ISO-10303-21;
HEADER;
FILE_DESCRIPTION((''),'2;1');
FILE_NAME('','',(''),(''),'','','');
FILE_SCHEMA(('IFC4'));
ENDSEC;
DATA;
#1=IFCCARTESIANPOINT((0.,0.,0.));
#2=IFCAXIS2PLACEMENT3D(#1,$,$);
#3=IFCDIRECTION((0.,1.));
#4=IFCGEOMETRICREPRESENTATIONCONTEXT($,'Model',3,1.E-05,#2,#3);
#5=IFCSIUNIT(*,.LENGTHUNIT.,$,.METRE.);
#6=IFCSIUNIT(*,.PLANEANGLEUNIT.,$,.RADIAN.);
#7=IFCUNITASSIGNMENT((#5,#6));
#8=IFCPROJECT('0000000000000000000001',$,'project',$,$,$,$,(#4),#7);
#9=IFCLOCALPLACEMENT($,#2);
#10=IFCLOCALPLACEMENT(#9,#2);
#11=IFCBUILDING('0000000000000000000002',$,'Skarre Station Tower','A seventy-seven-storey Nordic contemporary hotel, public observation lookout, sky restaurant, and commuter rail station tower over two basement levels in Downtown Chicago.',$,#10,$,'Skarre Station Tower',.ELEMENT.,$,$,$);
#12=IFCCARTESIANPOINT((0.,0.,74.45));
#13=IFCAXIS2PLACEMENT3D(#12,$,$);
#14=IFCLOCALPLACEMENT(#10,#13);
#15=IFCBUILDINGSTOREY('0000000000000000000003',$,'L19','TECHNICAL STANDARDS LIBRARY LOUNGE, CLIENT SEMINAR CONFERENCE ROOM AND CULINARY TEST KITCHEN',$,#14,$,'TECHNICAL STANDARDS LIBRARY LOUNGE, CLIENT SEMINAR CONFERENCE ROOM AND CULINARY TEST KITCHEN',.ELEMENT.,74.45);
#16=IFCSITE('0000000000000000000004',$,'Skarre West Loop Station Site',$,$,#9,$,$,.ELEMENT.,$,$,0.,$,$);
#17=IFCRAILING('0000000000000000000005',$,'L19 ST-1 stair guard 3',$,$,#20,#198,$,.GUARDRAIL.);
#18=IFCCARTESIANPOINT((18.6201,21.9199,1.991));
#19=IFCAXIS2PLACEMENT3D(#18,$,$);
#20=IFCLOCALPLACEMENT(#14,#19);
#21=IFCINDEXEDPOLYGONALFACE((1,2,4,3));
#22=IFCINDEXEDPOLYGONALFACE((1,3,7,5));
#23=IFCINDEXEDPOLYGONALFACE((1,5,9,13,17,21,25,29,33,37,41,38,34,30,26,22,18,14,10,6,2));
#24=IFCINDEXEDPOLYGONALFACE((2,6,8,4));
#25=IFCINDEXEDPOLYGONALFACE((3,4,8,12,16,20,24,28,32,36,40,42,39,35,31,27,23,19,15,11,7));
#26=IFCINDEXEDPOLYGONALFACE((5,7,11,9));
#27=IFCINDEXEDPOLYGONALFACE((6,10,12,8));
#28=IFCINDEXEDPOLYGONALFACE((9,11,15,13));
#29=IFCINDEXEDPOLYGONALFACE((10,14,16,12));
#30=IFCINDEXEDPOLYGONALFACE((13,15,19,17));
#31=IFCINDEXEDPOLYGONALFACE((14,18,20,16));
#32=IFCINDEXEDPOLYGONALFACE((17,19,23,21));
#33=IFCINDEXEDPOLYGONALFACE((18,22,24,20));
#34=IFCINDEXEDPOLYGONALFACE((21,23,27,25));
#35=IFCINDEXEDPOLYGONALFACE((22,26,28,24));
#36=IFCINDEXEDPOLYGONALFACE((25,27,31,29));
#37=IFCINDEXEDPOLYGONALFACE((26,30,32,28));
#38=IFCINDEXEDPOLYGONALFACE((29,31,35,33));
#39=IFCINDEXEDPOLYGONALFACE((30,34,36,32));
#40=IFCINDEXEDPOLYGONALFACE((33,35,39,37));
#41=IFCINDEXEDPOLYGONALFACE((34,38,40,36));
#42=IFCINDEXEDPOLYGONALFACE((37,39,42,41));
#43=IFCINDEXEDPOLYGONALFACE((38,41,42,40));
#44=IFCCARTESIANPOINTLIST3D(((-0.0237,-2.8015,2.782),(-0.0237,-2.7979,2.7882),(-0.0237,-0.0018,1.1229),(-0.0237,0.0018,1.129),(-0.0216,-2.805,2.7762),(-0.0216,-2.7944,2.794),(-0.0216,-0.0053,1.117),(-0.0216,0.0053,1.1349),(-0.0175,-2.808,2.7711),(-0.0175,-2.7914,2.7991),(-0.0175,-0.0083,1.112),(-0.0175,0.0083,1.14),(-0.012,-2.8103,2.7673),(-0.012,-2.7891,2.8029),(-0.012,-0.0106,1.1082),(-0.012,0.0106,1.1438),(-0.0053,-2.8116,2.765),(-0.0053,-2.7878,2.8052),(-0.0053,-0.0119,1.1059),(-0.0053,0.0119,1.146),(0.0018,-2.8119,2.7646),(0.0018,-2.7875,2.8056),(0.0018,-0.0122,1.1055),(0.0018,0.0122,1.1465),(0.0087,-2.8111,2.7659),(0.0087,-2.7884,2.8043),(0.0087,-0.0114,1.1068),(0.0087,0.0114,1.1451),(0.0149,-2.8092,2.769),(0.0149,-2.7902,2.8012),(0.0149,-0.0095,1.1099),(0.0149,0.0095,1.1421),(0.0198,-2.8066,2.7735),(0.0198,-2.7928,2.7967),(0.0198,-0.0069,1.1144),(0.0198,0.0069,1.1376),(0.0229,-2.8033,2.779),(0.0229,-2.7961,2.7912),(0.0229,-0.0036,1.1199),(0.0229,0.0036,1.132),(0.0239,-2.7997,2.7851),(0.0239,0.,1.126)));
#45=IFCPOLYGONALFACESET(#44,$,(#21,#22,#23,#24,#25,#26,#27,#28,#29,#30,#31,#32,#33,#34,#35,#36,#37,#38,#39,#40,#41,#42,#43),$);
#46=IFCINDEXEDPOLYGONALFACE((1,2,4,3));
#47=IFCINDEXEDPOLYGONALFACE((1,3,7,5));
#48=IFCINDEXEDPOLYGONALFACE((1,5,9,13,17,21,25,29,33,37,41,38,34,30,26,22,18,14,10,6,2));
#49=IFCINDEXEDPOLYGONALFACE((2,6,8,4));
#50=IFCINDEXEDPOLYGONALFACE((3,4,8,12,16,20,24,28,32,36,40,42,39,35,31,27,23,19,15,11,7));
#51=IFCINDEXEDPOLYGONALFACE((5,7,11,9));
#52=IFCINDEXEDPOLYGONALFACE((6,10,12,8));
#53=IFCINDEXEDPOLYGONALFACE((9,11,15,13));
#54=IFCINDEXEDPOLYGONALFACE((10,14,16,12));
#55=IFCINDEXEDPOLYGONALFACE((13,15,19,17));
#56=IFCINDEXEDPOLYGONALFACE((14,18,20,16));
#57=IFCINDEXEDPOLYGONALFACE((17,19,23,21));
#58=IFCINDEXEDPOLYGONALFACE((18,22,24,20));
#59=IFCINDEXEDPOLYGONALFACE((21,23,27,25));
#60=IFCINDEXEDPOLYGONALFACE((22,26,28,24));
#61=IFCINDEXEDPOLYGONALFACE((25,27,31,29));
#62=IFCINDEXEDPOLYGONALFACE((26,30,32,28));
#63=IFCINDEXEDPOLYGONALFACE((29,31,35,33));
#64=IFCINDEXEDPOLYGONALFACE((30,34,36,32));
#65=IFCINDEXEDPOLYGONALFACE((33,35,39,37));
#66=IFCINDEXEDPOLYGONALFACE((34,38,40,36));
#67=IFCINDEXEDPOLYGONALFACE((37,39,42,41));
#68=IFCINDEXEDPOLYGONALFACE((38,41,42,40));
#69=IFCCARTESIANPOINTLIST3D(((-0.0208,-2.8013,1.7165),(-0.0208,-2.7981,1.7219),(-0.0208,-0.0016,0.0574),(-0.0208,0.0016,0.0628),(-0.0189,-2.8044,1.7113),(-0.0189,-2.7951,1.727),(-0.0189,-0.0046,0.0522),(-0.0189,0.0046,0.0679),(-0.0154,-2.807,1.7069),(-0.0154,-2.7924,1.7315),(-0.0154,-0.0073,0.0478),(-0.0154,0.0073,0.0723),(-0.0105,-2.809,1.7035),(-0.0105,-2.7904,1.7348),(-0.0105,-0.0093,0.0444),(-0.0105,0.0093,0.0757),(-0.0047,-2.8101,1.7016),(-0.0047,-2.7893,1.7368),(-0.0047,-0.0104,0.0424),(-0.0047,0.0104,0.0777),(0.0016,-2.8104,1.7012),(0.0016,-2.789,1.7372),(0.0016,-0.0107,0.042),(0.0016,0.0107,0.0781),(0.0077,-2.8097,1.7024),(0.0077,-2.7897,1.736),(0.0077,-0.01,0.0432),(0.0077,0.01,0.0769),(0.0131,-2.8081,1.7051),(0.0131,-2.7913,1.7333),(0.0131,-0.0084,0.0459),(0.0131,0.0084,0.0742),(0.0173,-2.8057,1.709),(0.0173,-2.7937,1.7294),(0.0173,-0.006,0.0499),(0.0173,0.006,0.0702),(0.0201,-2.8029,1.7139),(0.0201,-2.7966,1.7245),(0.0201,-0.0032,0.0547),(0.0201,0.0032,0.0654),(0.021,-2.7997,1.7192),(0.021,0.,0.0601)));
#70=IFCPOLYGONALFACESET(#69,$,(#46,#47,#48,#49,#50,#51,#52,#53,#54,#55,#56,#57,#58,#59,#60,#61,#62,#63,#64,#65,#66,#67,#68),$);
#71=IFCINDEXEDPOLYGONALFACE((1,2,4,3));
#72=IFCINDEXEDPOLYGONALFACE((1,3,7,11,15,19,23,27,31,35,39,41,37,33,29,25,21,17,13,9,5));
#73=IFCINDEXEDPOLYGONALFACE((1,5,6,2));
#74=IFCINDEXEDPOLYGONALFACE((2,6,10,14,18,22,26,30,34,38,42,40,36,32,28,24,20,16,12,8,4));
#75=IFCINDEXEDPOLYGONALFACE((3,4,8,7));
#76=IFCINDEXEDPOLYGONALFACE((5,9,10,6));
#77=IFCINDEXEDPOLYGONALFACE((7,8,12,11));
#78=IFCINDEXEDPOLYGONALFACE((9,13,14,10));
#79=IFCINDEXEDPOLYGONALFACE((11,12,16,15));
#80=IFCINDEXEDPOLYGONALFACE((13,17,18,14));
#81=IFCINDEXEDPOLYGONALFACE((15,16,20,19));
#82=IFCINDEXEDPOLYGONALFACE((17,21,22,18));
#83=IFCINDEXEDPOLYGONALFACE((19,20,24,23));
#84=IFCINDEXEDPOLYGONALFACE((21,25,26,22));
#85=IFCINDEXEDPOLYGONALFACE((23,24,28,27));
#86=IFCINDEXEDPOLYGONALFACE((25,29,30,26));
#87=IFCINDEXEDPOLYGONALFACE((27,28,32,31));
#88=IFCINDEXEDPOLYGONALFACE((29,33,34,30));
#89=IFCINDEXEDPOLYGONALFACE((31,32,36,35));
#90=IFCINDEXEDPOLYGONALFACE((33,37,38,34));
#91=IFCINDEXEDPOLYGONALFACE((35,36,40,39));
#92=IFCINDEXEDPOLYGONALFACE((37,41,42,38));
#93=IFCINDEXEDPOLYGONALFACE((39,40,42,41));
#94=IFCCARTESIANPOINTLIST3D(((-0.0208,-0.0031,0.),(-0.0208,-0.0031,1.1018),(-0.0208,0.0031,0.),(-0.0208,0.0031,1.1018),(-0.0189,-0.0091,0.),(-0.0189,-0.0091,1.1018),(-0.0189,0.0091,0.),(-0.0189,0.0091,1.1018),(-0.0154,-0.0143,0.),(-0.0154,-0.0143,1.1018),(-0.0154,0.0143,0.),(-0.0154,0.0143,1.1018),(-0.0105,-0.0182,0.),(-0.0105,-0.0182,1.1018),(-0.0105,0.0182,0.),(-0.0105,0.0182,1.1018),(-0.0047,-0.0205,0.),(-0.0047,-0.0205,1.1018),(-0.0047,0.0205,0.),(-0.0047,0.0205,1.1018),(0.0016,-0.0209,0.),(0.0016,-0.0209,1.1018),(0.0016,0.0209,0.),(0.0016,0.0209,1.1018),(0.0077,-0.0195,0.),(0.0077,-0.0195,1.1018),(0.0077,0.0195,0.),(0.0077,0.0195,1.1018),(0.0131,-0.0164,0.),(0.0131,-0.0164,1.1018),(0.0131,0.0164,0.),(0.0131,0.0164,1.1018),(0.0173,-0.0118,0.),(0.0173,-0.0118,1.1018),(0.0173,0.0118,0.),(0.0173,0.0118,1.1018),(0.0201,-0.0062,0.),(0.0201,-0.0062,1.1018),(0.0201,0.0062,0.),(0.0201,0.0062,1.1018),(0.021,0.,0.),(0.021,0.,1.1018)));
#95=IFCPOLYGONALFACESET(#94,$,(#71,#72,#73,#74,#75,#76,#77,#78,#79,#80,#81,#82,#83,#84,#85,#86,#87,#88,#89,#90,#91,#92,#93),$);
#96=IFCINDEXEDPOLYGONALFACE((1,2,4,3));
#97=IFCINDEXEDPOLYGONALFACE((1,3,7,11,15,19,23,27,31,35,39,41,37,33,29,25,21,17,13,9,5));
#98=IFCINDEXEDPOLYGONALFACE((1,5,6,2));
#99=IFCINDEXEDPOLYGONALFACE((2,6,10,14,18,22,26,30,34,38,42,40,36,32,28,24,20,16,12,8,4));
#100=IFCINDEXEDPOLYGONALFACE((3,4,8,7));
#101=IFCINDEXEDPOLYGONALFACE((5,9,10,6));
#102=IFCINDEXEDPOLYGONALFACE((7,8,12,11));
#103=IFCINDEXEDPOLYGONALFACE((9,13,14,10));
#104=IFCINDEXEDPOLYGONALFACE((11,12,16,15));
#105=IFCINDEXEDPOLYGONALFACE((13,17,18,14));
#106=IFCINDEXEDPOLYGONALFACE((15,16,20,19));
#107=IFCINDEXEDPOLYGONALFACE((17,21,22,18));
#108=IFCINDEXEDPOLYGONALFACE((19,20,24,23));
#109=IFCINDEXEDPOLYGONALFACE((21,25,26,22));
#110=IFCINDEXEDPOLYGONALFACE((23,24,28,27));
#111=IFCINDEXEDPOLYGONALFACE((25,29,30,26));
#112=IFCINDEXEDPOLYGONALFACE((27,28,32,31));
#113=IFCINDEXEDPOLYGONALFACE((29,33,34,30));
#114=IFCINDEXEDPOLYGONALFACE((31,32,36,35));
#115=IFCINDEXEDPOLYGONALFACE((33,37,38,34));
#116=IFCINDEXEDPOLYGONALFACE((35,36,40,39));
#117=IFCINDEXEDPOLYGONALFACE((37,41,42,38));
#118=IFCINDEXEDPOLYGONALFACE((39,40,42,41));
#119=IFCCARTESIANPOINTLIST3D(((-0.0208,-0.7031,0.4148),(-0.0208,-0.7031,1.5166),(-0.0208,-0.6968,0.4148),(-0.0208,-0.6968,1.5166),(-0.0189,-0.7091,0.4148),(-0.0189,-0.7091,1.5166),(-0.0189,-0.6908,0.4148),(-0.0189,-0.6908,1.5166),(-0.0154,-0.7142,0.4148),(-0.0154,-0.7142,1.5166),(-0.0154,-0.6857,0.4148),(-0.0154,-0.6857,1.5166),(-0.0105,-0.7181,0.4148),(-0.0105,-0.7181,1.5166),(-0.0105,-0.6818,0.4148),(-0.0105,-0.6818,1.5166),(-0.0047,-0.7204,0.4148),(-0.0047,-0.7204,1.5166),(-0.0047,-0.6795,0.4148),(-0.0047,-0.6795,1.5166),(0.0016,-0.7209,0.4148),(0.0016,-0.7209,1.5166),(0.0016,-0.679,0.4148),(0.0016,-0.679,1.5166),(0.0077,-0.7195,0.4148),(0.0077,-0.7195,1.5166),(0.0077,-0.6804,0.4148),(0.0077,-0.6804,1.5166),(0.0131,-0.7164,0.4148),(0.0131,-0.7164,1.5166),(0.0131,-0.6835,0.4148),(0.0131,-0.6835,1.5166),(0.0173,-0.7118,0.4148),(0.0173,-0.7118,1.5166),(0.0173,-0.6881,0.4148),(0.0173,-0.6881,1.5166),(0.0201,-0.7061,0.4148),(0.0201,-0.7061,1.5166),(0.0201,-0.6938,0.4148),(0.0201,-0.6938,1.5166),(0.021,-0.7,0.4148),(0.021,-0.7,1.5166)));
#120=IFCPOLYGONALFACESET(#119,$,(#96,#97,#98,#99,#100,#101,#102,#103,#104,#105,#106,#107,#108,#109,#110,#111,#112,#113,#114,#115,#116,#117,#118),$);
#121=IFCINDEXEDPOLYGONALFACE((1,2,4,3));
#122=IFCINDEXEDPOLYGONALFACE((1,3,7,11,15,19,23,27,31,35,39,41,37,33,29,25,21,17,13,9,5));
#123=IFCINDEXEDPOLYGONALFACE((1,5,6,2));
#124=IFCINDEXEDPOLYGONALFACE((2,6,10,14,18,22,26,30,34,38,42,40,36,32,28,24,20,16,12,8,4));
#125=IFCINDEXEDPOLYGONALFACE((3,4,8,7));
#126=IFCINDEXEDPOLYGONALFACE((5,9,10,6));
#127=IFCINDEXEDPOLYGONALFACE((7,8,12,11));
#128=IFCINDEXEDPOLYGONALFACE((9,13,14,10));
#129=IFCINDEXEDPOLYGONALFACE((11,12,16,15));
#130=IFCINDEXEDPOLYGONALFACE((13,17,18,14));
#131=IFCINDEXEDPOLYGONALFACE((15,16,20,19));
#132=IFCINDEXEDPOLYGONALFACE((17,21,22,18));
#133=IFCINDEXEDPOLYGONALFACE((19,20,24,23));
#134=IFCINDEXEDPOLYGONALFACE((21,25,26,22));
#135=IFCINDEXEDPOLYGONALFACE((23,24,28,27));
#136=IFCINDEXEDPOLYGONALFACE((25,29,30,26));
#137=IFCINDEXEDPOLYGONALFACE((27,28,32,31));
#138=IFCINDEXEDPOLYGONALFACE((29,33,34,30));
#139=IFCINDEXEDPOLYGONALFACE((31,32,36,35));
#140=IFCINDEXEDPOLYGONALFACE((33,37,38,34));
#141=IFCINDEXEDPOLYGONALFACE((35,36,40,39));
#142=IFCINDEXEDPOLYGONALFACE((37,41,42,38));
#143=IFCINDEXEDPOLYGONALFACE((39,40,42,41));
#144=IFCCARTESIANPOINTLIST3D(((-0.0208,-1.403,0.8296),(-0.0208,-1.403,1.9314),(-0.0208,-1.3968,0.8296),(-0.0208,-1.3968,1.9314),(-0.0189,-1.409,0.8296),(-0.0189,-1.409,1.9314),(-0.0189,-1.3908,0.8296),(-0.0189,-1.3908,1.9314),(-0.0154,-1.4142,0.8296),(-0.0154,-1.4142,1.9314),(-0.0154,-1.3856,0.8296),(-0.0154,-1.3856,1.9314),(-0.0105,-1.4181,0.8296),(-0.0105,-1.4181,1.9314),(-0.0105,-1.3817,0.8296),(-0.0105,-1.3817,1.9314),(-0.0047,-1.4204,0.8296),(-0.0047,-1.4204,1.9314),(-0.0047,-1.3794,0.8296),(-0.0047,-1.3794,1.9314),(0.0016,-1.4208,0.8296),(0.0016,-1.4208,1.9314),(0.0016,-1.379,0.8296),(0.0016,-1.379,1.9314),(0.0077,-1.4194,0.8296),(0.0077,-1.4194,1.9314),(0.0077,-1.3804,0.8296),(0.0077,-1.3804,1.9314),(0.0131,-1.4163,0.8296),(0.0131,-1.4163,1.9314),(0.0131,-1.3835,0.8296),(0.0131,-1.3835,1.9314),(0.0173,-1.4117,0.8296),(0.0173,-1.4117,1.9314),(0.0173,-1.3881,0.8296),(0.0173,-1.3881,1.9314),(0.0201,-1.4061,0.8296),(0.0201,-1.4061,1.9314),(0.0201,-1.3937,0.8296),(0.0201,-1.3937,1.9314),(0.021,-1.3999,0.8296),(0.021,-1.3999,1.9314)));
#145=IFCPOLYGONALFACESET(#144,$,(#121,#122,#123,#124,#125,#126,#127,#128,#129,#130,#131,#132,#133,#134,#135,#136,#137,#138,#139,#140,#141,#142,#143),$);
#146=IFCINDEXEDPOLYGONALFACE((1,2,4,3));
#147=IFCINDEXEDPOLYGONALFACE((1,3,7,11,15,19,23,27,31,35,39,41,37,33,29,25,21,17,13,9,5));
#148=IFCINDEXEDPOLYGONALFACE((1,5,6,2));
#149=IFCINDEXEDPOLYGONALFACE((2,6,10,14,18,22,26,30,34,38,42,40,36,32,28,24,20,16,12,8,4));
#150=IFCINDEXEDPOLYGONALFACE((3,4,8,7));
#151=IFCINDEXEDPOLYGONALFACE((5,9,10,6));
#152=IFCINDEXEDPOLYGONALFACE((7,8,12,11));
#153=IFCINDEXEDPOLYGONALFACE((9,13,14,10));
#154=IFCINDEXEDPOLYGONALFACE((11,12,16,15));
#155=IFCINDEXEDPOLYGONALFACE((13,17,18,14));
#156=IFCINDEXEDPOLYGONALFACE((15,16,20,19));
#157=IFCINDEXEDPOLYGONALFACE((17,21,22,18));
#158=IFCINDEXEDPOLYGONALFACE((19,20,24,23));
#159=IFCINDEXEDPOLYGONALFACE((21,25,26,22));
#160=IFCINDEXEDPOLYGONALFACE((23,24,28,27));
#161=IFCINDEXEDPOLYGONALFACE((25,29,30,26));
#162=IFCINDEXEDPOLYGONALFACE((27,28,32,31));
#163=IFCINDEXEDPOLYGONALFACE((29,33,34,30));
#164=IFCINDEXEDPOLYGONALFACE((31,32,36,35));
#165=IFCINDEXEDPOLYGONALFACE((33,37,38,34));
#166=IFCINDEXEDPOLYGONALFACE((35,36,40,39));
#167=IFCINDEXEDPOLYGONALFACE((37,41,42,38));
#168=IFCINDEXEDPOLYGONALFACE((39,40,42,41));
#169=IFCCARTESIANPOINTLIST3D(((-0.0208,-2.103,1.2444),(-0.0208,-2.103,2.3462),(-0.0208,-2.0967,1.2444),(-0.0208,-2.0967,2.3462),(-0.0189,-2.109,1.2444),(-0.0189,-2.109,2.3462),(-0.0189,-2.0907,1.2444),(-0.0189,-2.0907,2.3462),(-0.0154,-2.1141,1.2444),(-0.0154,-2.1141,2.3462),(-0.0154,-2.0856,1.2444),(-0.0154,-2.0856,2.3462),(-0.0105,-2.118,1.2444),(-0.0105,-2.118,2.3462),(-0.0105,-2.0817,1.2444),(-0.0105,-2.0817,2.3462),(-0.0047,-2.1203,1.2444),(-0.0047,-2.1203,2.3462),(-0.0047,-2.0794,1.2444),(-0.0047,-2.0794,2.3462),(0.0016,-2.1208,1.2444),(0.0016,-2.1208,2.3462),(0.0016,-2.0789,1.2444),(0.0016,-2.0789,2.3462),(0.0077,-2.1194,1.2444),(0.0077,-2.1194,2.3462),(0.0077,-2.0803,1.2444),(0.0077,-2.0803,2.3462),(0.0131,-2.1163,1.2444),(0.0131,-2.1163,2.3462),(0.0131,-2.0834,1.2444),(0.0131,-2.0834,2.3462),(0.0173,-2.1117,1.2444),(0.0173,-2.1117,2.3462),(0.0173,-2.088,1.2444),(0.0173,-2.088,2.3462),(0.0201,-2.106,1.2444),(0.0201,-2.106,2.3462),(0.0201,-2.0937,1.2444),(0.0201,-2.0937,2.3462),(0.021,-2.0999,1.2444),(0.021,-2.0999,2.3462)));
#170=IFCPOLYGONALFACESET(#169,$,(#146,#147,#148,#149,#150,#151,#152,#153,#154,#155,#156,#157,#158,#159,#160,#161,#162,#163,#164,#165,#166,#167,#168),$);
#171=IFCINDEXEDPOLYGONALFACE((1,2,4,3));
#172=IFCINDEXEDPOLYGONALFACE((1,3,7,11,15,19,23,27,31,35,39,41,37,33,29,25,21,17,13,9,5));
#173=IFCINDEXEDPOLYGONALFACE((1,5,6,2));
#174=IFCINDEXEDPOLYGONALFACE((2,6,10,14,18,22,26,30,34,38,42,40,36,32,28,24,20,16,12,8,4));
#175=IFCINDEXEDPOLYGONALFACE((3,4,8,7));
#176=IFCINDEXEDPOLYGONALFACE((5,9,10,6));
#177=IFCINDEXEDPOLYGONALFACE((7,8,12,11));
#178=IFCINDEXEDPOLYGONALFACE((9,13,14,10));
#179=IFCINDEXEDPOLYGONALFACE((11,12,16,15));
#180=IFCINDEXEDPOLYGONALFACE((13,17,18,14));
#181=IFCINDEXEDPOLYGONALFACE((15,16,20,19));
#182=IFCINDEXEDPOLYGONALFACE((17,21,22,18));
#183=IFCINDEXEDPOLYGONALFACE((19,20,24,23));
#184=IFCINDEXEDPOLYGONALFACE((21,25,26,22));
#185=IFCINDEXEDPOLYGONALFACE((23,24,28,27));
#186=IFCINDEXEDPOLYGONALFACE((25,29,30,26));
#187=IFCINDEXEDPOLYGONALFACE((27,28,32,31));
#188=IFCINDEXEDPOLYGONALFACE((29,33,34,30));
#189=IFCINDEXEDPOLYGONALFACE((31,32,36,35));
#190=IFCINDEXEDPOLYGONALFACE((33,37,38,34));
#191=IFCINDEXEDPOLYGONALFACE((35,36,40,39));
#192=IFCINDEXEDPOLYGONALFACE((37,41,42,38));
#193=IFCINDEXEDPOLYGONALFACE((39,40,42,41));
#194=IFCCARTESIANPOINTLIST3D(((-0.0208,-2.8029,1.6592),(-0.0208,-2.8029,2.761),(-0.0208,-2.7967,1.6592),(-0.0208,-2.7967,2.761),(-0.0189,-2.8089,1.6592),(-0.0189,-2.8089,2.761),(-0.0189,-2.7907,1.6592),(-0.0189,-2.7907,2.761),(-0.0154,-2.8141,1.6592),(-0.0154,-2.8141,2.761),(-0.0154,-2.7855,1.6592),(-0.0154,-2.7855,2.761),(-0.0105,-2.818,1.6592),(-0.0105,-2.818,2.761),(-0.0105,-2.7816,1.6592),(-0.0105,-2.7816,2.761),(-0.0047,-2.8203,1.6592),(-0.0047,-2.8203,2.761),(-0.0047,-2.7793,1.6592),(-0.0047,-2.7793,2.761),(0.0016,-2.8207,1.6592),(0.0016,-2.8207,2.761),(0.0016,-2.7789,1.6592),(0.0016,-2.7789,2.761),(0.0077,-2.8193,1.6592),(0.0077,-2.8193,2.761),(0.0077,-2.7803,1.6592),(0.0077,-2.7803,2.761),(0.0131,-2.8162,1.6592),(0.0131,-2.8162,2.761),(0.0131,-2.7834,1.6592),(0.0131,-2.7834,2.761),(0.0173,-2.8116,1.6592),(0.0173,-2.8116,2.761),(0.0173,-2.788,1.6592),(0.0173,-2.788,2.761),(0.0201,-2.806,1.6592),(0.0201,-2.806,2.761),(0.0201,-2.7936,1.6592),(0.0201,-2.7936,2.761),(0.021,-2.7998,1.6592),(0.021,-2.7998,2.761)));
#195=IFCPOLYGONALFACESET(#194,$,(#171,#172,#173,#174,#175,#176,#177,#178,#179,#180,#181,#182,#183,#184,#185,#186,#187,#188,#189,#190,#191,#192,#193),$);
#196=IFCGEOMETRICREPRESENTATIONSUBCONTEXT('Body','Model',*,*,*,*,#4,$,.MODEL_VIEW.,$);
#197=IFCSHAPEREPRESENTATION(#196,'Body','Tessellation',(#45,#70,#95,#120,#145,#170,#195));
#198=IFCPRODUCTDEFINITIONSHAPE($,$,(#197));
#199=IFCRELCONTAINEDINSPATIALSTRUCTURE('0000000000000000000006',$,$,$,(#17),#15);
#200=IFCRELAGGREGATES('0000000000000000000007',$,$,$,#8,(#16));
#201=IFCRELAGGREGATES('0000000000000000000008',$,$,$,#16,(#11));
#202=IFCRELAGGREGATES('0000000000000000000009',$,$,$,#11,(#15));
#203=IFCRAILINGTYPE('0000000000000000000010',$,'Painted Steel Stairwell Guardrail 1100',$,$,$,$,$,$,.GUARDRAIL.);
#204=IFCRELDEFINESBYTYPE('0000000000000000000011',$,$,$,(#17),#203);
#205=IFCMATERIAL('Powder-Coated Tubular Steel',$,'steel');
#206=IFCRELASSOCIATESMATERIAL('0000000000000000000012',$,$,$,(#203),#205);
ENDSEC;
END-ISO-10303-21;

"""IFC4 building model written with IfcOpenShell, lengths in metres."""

from ifc_helpers import new_model, si_unit, direction, frame, origin, origin_2d, place, context, subcontext, project, spatial, circle, extrude, material, type_object, element, save


model = new_model("IFC4")

# Units and contexts
model_context = context("Model", 3, precision=1e-05, world=origin(), true_north=direction((0.0, 1.0)))
body_context = subcontext(model_context, "Body", "Model", "MODEL_VIEW")
ifc_project = project(units=[si_unit("LENGTHUNIT", "METRE"), si_unit("PLANEANGLEUNIT", "RADIAN")], contexts=[model_context])

# Site, building, storey
site_placement = place(None, origin())
site = spatial("IfcSite", under=ifc_project, at=site_placement, Name="Skarre West Loop Station Site", CompositionType="ELEMENT", RefElevation=0.0)
building_placement = place(site_placement, origin())
building = spatial("IfcBuilding", under=site, at=building_placement, Name="Skarre Station Tower", Description="A seventy-seven-storey Nordic contemporary hotel, public observation lookout, sky restaurant, and commuter rail station tower over two basement levels in Downtown Chicago.", LongName="Skarre Station Tower", CompositionType="ELEMENT")
storey_placement = place(building_placement, frame((0.0, 0.0, 74.45)))
storey = spatial("IfcBuildingStorey", under=building, at=storey_placement, Name="L19", Description="TECHNICAL STANDARDS LIBRARY LOUNGE, CLIENT SEMINAR CONFERENCE ROOM AND CULINARY TEST KITCHEN", LongName="TECHNICAL STANDARDS LIBRARY LOUNGE, CLIENT SEMINAR CONFERENCE ROOM AND CULINARY TEST KITCHEN", CompositionType="ELEMENT", Elevation=74.45)

# Railing
ifc_material_1 = material(Name="Powder-Coated Tubular Steel", Category="steel")
railing_type_1 = type_object("IfcRailingType", Name="Painted Steel Stairwell Guardrail 1100", PredefinedType="GUARDRAIL", material=ifc_material_1)
railing_1_placement = place(storey_placement, frame((18.6201, 21.9199, 1.991)))
element("IfcRailing", 1, at=railing_1_placement, inside=storey, type_object=railing_type_1, Name="L19 ST-1 stair guard 3", PredefinedType="GUARDRAIL", context=body_context, shape_type="SweptSolid", body=[
    extrude(circle(Radius=0.0239, at=origin_2d()), frame((0.0, 0.0, 1.126), z_axis=(0.0, -0.860287, 0.509811), x_axis=(1.0, 0.0, 0.0)), (0.0, 0.0, 1.0), 3.2544),
    extrude(circle(Radius=0.021, at=origin_2d()), frame((0.0, 0.0, 0.0601), z_axis=(0.0, -0.860287, 0.509811), x_axis=(1.0, 0.0, 0.0)), (0.0, 0.0, 1.0), 3.2544),
    extrude(circle(Radius=0.021, at=origin_2d()), origin(), (0.0, 0.0, 1.0), 1.1018),
    extrude(circle(Radius=0.021, at=origin_2d()), frame((0.0, -0.7, 0.4148)), (0.0, 0.0, 1.0), 1.1018),
    extrude(circle(Radius=0.021, at=origin_2d()), frame((0.0, -1.3999, 0.8296)), (0.0, 0.0, 1.0), 1.1018),
    extrude(circle(Radius=0.021, at=origin_2d()), frame((0.0, -2.0999, 1.2444)), (0.0, 0.0, 1.0), 1.1018),
    extrude(circle(Radius=0.021, at=origin_2d()), frame((0.0, -2.7998, 1.6592)), (0.0, 0.0, 1.0), 1.1018),
])

save(model, "model.ifc")
